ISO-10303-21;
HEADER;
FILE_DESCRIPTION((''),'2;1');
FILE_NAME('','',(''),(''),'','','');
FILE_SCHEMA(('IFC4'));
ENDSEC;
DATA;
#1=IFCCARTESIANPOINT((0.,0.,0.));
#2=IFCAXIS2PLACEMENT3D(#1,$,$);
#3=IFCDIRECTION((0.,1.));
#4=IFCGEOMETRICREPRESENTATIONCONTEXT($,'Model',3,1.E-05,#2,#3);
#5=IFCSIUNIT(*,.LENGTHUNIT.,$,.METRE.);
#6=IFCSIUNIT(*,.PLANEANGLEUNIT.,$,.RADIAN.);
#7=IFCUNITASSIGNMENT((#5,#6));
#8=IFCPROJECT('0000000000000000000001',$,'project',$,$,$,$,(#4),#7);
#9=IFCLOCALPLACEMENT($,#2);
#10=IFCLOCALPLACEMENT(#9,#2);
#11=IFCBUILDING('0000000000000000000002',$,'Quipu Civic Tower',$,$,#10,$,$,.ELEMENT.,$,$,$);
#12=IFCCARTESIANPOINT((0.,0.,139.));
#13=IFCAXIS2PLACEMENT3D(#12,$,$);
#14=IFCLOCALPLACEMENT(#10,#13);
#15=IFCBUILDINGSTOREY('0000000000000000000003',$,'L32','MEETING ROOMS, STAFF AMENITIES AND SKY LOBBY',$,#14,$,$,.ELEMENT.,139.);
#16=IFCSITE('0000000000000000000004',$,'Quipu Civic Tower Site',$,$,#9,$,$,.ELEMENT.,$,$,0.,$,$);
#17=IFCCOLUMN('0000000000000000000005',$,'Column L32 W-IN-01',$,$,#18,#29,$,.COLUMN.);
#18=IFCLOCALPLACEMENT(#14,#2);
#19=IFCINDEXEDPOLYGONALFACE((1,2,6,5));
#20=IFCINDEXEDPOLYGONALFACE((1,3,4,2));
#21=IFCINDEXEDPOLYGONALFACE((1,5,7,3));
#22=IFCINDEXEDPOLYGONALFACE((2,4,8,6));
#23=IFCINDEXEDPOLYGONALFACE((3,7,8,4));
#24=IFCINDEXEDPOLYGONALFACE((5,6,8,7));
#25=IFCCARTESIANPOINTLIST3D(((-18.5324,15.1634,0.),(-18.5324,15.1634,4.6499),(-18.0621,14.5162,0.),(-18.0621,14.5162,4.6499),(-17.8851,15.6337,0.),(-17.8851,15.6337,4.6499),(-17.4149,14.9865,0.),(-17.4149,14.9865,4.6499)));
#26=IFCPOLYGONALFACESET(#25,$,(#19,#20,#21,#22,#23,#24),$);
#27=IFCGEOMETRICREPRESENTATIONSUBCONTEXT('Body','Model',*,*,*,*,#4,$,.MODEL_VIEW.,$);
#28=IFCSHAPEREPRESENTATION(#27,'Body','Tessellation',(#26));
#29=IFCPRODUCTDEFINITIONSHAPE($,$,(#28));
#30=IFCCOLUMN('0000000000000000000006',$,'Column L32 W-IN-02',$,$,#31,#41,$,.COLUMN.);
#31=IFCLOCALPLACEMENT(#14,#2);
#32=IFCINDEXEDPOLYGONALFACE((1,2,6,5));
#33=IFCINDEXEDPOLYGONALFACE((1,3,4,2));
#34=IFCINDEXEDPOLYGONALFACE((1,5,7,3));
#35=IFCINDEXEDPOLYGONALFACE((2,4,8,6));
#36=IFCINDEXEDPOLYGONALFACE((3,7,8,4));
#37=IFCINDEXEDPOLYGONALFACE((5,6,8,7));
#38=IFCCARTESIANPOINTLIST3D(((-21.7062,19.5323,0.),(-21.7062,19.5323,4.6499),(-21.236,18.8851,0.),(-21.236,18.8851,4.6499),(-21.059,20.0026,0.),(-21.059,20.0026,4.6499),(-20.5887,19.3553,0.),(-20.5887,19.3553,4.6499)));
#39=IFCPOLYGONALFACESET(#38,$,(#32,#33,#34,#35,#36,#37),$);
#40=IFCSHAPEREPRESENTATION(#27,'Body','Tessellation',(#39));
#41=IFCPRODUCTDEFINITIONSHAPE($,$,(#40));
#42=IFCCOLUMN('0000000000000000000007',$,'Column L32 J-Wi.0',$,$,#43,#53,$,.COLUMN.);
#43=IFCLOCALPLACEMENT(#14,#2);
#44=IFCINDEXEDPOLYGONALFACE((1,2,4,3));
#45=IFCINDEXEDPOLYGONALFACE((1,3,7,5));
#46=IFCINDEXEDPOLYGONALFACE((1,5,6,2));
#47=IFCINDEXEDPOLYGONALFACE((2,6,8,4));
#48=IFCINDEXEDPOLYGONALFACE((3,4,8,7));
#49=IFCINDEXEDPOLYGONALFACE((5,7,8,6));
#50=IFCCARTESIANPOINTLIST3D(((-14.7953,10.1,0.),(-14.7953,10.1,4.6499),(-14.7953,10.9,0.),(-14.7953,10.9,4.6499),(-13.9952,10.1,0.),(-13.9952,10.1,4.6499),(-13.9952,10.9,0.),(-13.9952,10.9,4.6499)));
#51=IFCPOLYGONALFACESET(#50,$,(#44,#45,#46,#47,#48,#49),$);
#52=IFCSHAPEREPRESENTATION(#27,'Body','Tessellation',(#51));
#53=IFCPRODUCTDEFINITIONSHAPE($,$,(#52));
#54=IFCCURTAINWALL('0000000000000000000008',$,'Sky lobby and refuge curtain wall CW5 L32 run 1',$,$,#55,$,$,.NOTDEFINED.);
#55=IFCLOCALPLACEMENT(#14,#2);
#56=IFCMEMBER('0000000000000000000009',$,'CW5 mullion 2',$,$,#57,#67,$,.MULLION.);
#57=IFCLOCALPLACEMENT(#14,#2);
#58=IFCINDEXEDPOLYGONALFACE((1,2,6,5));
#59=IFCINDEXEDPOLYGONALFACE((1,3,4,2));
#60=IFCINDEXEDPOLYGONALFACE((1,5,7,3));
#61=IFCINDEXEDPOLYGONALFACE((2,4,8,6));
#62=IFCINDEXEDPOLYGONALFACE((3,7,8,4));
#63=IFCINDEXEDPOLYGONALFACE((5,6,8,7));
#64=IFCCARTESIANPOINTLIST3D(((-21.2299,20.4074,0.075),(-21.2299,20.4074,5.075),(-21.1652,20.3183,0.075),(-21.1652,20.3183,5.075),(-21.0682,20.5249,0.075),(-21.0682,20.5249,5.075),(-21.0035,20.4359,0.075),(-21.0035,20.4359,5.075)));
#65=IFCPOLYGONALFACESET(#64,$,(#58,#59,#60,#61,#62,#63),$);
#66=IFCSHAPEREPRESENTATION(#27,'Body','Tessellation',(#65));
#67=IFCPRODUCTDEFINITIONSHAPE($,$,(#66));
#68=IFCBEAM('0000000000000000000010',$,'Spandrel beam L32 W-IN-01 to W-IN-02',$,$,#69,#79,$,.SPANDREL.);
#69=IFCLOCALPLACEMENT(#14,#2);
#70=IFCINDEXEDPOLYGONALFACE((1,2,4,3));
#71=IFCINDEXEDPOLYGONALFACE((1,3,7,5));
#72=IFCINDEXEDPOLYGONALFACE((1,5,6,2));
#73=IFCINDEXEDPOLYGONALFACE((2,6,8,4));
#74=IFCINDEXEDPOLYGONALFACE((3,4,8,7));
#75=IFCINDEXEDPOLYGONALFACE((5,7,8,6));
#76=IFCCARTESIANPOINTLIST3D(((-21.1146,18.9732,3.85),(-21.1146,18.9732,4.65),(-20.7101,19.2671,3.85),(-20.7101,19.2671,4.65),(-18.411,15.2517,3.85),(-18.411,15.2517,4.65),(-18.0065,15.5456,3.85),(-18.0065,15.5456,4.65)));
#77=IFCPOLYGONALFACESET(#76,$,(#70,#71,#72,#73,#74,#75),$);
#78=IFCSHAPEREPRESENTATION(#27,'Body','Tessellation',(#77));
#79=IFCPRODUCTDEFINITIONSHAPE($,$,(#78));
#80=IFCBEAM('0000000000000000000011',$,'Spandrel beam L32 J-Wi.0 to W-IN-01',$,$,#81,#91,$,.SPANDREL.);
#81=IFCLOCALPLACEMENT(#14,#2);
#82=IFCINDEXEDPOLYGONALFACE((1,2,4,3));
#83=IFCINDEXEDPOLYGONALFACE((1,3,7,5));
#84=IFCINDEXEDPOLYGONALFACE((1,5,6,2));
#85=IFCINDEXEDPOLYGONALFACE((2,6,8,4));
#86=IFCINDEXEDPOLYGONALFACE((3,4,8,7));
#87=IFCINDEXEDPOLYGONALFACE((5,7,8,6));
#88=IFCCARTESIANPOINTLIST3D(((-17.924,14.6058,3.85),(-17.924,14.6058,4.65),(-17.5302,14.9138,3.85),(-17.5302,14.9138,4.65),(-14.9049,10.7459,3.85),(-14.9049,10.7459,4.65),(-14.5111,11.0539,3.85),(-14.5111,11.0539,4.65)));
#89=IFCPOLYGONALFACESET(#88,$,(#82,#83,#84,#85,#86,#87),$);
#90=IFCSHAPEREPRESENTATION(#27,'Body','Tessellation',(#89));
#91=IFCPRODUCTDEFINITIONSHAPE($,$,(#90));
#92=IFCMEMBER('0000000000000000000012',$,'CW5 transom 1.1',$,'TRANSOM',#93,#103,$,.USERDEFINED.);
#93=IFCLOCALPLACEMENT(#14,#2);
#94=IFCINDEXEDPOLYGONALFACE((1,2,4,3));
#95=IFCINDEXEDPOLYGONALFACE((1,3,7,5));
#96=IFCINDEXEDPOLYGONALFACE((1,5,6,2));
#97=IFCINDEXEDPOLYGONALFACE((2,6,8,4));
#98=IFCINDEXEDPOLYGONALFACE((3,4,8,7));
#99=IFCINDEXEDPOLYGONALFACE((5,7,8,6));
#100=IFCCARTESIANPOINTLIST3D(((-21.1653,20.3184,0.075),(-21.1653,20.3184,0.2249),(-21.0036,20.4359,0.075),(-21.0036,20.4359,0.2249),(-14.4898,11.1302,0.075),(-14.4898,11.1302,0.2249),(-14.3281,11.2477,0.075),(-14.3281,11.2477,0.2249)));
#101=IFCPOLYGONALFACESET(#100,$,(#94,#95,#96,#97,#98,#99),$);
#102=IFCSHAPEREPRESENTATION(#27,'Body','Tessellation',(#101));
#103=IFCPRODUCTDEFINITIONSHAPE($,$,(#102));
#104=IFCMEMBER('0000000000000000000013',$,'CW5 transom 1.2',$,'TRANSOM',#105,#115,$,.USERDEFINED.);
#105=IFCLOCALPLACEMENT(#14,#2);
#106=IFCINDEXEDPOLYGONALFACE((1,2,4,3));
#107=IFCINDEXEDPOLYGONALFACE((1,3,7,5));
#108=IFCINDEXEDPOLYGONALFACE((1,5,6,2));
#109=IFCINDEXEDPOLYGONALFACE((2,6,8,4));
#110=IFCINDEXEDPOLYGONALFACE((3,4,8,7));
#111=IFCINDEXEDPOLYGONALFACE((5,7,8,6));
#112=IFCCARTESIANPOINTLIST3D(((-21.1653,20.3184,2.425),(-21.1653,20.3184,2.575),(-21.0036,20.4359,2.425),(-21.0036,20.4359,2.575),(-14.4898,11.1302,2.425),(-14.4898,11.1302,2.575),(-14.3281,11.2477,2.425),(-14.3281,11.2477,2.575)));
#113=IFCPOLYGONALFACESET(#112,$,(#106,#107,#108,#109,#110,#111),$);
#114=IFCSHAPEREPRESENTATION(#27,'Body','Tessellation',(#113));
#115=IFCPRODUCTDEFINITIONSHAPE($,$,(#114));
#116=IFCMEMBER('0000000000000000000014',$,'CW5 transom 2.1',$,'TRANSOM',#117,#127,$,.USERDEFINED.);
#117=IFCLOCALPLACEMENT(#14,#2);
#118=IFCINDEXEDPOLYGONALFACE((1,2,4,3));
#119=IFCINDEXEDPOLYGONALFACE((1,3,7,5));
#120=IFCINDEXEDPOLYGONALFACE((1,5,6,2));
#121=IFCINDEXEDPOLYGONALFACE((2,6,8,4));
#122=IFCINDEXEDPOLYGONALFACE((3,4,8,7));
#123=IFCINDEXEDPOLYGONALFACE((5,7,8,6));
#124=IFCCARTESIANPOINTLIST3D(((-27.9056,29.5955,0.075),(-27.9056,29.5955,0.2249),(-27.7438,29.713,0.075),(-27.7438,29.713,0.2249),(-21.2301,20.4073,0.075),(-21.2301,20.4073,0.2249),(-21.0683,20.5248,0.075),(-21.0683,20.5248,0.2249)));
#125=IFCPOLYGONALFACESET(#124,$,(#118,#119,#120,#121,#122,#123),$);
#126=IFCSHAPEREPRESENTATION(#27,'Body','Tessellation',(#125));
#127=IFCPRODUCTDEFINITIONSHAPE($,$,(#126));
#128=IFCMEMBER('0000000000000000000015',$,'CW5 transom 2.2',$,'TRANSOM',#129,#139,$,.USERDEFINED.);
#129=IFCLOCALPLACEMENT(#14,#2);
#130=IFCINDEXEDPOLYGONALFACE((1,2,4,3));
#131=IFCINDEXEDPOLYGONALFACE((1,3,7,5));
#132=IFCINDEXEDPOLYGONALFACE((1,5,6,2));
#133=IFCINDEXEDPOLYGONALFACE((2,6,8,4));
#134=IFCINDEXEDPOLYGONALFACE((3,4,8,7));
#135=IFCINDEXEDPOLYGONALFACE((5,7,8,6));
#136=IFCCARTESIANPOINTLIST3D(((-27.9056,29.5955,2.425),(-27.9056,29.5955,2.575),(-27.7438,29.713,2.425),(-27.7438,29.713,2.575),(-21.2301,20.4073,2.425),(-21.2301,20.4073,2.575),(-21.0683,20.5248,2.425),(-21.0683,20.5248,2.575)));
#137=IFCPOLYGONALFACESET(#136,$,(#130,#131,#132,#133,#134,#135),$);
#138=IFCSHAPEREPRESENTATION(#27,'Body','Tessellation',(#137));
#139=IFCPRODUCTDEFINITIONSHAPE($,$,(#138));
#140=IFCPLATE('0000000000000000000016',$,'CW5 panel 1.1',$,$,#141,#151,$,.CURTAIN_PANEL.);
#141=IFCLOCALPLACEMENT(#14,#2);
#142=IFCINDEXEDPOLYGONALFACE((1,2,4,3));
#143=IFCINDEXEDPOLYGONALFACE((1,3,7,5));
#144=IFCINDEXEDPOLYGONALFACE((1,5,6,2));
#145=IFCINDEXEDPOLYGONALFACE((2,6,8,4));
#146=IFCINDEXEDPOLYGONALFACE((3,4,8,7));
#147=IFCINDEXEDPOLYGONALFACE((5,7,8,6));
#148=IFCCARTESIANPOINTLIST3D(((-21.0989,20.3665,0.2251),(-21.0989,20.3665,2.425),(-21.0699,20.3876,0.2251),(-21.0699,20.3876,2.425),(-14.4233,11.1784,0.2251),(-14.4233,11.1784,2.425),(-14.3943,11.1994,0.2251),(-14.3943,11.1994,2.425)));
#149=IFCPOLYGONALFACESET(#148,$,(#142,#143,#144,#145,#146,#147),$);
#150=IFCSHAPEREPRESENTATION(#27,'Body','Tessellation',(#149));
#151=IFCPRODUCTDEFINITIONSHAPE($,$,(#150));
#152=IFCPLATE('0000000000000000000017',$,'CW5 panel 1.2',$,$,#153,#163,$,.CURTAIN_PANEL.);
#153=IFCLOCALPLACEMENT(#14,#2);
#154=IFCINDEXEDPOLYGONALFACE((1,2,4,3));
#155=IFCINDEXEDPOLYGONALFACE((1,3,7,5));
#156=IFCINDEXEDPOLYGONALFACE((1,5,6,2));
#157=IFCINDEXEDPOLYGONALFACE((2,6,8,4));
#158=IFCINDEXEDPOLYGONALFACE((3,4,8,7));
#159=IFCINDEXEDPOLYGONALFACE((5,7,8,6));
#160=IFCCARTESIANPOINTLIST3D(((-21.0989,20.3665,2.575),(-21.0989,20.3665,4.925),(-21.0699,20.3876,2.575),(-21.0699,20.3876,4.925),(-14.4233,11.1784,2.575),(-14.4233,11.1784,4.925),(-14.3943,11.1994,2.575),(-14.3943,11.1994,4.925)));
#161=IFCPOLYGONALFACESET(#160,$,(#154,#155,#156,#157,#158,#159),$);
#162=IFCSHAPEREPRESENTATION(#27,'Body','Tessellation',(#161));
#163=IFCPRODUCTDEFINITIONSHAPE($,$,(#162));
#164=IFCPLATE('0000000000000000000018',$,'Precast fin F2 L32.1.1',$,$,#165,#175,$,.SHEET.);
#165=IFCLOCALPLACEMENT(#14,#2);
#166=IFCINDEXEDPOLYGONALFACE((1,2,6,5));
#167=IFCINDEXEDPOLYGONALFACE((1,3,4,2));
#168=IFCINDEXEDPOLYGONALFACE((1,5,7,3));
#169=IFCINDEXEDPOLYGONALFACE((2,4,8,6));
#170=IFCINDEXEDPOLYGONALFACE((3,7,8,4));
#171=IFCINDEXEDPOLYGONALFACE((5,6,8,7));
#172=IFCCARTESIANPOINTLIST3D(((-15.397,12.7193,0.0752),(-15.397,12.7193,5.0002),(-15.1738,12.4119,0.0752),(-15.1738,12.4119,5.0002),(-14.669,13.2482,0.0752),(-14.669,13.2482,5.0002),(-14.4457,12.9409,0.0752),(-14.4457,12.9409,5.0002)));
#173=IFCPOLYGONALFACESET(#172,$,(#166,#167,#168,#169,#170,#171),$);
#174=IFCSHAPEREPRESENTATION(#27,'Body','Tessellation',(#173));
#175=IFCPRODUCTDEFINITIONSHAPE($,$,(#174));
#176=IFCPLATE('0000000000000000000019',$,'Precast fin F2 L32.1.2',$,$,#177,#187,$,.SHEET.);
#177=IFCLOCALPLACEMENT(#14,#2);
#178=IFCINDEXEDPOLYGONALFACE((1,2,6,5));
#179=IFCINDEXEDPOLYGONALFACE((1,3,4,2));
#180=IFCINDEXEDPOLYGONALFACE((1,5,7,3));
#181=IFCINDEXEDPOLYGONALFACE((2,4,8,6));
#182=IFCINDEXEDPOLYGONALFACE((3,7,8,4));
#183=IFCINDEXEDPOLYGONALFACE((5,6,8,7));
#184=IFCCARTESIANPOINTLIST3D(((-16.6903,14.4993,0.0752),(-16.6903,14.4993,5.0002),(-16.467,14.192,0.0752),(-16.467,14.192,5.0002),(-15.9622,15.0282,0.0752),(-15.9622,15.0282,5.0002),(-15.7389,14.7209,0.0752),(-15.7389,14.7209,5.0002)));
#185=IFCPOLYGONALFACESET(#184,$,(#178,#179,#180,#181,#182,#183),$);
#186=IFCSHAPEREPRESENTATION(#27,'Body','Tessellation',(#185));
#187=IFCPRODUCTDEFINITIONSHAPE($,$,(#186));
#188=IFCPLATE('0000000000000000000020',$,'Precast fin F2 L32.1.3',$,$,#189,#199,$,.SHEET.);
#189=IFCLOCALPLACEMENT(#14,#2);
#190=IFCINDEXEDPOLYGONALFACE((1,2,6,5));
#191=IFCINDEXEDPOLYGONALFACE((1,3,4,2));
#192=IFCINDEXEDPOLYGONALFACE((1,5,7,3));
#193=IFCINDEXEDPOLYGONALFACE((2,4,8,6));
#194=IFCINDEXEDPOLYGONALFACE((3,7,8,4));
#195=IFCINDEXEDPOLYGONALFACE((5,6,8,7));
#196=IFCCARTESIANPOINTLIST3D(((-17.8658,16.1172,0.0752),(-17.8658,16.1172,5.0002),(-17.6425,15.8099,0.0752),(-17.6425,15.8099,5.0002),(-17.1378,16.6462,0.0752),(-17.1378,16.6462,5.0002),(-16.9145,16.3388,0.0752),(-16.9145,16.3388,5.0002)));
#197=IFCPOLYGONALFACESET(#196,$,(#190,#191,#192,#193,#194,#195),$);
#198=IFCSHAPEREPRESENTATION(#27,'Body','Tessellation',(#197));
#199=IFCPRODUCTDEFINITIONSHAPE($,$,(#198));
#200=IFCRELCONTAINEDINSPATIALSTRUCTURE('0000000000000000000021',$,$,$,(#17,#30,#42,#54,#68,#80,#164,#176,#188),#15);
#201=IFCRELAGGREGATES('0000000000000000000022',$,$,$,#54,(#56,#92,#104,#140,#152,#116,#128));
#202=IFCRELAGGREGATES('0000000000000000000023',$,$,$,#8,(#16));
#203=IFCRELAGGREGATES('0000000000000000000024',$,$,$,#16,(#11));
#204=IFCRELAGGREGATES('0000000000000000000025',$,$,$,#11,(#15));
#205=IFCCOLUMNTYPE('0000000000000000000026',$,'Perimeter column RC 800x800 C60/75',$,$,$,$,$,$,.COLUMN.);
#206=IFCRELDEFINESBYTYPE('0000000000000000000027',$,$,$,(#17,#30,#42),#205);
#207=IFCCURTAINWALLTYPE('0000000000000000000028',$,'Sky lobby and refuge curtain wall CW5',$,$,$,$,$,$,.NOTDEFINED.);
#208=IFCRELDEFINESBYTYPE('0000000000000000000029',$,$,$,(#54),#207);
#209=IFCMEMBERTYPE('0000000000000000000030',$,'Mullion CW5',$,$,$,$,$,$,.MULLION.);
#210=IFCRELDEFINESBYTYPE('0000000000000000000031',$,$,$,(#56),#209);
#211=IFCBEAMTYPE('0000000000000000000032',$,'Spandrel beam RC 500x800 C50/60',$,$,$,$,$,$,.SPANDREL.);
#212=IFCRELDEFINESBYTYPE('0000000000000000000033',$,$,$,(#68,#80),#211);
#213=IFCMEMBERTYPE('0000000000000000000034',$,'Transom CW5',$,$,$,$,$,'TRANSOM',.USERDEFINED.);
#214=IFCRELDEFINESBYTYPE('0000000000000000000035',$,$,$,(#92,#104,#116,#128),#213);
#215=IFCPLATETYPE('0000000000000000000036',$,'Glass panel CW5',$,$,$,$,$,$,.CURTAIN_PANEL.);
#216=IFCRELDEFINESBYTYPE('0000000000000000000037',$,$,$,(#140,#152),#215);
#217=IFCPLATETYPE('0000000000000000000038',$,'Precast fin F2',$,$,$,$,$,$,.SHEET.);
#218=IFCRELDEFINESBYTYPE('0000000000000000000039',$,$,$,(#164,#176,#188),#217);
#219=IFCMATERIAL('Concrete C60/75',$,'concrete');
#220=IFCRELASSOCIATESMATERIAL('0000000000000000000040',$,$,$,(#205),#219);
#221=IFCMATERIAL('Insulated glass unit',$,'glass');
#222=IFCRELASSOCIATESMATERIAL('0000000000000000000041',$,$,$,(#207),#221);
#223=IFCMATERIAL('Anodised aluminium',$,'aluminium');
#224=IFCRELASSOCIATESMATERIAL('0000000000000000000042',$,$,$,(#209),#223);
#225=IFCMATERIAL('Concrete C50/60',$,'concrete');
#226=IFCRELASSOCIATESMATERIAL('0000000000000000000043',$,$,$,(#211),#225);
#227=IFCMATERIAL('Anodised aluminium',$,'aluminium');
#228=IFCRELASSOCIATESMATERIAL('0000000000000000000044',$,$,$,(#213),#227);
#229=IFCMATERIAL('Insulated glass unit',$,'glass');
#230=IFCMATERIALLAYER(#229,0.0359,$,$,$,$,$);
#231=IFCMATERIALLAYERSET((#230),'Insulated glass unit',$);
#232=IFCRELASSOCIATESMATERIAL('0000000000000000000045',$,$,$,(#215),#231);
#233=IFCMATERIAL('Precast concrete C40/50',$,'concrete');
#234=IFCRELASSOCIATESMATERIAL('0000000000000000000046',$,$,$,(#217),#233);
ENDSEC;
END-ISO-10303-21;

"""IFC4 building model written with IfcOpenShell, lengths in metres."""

from ifc_helpers import new_model, si_unit, direction, frame, origin, origin_2d, place, context, subcontext, project, spatial, rectangle, extrude, material, layer, layer_set, material_profile, profile_set, type_object, element, aggregate, save


model = new_model("IFC4")

# Units and contexts
model_context = context("Model", 3, precision=1e-05, world=origin(), true_north=direction((0.0, 1.0)))
body_context = subcontext(model_context, "Body", "Model", "MODEL_VIEW")
ifc_project = project(units=[si_unit("LENGTHUNIT", "METRE"), si_unit("PLANEANGLEUNIT", "RADIAN")], contexts=[model_context])

# Site, building, storey
site_placement = place(None, origin())
site = spatial("IfcSite", under=ifc_project, at=site_placement, Name="Quipu Civic Tower Site", CompositionType="ELEMENT", RefElevation=0.0)
building_placement = place(site_placement, origin())
building = spatial("IfcBuilding", under=site, at=building_placement, Name="Quipu Civic Tower", CompositionType="ELEMENT")
storey_placement = place(building_placement, frame((0.0, 0.0, 139.0)))
storey = spatial("IfcBuildingStorey", under=building, at=storey_placement, Name="L32", Description="MEETING ROOMS, STAFF AMENITIES AND SKY LOBBY", CompositionType="ELEMENT", Elevation=139.0)

# Columns
ifc_material_1 = material(Name="Concrete C60/75", Category="concrete")
ifc_material_profile_1 = material_profile(ifc_material_1, rectangle(XDim=0.8, YDim=0.8, at=origin_2d()), Name="RC800x800")
ifc_profile_set_1 = profile_set([ifc_material_profile_1], Name="Concrete C60/75")
column_type = type_object("IfcColumnType", Name="Perimeter column RC 800x800 C60/75", PredefinedType="COLUMN", material=ifc_profile_set_1)
for number, where, z_axis, x_axis, name in (
    (1, (-17.9736, 15.075, 0.0), (0.0, 0.0, 1.0), (-0.587785, 0.809017, 0.0), "Column L32 W-IN-01"),
    (2, (-21.1475, 19.4438, 0.0), (0.0, 0.0, 1.0), (-0.587785, 0.809017, 0.0), "Column L32 W-IN-02"),
    (3, (-14.3953, 10.5, 0.0), (0.0, 0.0, 1.0), (-1.0, 0.0, 0.0), "Column L32 J-Wi.0"),
):
    element("IfcColumn", number, at=place(storey_placement, frame(where, z_axis=z_axis, x_axis=x_axis)), inside=storey, type_object=column_type, Name=name, PredefinedType="COLUMN", context=body_context, shape_type="SweptSolid", body=[
        extrude(rectangle(XDim=0.8, YDim=0.8, at=origin_2d()), origin(), (0.0, 0.0, 1.0), 4.6499),
    ])

# Curtain wall, member
ifc_material_2 = material(Name="Insulated glass unit", Category="glass")
curtain_wall_type = type_object("IfcCurtainWallType", Name="Sky lobby and refuge curtain wall CW5", PredefinedType="NOTDEFINED", material=ifc_material_2)
curtain_wall_placement = place(storey_placement, origin())
curtain_wall = element("IfcCurtainWall", 4, at=curtain_wall_placement, inside=storey, type_object=curtain_wall_type, Name="Sky lobby and refuge curtain wall CW5 L32 run 1", PredefinedType="NOTDEFINED")
ifc_material_3 = material(Name="Anodised aluminium", Category="aluminium")
ifc_material_profile_2 = material_profile(ifc_material_3, rectangle(XDim=0.2, YDim=0.1101, at=origin_2d()), Name="RECT 200x110")
ifc_profile_set_2 = profile_set([ifc_material_profile_2], Name="Anodised aluminium")
member_type_1 = type_object("IfcMemberType", Name="Mullion CW5", PredefinedType="MULLION", material=ifc_profile_set_2)
member_1_placement = place(storey_placement, frame((-21.1167, 20.4216, 0.075), z_axis=(0.0, 0.0, 1.0), x_axis=(-0.809014, -0.587789, 0.0)))
member_1 = element("IfcMember", 5, at=member_1_placement, type_object=member_type_1, Name="CW5 mullion 2", PredefinedType="MULLION", context=body_context, shape_type="SweptSolid", body=[
    extrude(rectangle(XDim=0.2, YDim=0.1101, at=origin_2d()), origin(), (0.0, 0.0, 1.0), 5.0),
])

# Beams
ifc_material_4 = material(Name="Concrete C50/60", Category="concrete")
ifc_material_profile_3 = material_profile(ifc_material_4, rectangle(XDim=0.5, YDim=0.8, at=origin_2d()), Name="RC500x800")
ifc_profile_set_3 = profile_set([ifc_material_profile_3], Name="Concrete C50/60")
beam_type = type_object("IfcBeamType", Name="Spandrel beam RC 500x800 C50/60", PredefinedType="SPANDREL", material=ifc_profile_set_3)
beam_1_placement = place(storey_placement, frame((-18.2087, 15.3987, 4.25), z_axis=(-0.587761, 0.809034, 0.0), x_axis=(-0.809034, -0.587761, 0.0)))
element("IfcBeam", 6, at=beam_1_placement, inside=storey, type_object=beam_type, Name="Spandrel beam L32 W-IN-01 to W-IN-02", PredefinedType="SPANDREL", context=body_context, shape_type="SweptSolid", body=[
    extrude(rectangle(XDim=0.5, YDim=0.8, at=origin_2d()), origin(), (0.0, 0.0, 1.0), 4.5999),
])
beam_2_placement = place(storey_placement, frame((-14.708, 10.8999, 4.25), z_axis=(-0.616091, 0.787675, 0.0), x_axis=(-0.787675, -0.616091, 0.0)))
element("IfcBeam", 7, at=beam_2_placement, inside=storey, type_object=beam_type, Name="Spandrel beam L32 J-Wi.0 to W-IN-01", PredefinedType="SPANDREL", context=body_context, shape_type="SweptSolid", body=[
    extrude(rectangle(XDim=0.5, YDim=0.8, at=origin_2d()), origin(), (0.0, 0.0, 1.0), 4.9004),
])

# Members
ifc_material_5 = material(Name="Anodised aluminium", Category="aluminium")
ifc_material_profile_4 = material_profile(ifc_material_5, rectangle(XDim=0.2, YDim=0.1499, at=origin_2d()), Name="RECT 200x150")
ifc_profile_set_4 = profile_set([ifc_material_profile_4], Name="Anodised aluminium")
member_type_2 = type_object("IfcMemberType", Name="Transom CW5", ElementType="TRANSOM", PredefinedType="USERDEFINED", material=ifc_profile_set_4)
member_2_placement = place(storey_placement, frame((-14.4089, 11.189, 0.1499), z_axis=(-0.587779, 0.809021, 0.0), x_axis=(-0.809021, -0.587779, 0.0)))
member_2 = element("IfcMember", 8, at=member_2_placement, type_object=member_type_2, Name="CW5 transom 1.1", ObjectType="TRANSOM", PredefinedType="USERDEFINED", context=body_context, shape_type="SweptSolid", body=[
    extrude(rectangle(XDim=0.2, YDim=0.1499, at=origin_2d()), origin(), (0.0, 0.0, 1.0), 11.3572),
])
member_3_placement = place(storey_placement, frame((-14.4089, 11.189, 2.5), z_axis=(-0.587779, 0.809021, 0.0), x_axis=(-0.809021, -0.587779, 0.0)))
member_3 = element("IfcMember", 9, at=member_3_placement, type_object=member_type_2, Name="CW5 transom 1.2", ObjectType="TRANSOM", PredefinedType="USERDEFINED", context=body_context, shape_type="SweptSolid", body=[
    extrude(rectangle(XDim=0.2, YDim=0.1499, at=origin_2d()), origin(), (0.0, 0.0, 1.0), 11.3572),
])
member_4_placement = place(storey_placement, frame((-21.1492, 20.4661, 0.1499), z_axis=(-0.587779, 0.809021, 0.0), x_axis=(-0.809021, -0.587779, 0.0)))
member_4 = element("IfcMember", 10, at=member_4_placement, type_object=member_type_2, Name="CW5 transom 2.1", ObjectType="TRANSOM", PredefinedType="USERDEFINED", context=body_context, shape_type="SweptSolid", body=[
    extrude(rectangle(XDim=0.2, YDim=0.1499, at=origin_2d()), origin(), (0.0, 0.0, 1.0), 11.3572),
])
member_5_placement = place(storey_placement, frame((-21.1492, 20.4661, 2.5), z_axis=(-0.587779, 0.809021, 0.0), x_axis=(-0.809021, -0.587779, 0.0)))
member_5 = element("IfcMember", 11, at=member_5_placement, type_object=member_type_2, Name="CW5 transom 2.2", ObjectType="TRANSOM", PredefinedType="USERDEFINED", context=body_context, shape_type="SweptSolid", body=[
    extrude(rectangle(XDim=0.2, YDim=0.1499, at=origin_2d()), origin(), (0.0, 0.0, 1.0), 11.3572),
])

# Plates
ifc_material_6 = material(Name="Insulated glass unit", Category="glass")
ifc_layer_1 = layer(ifc_material_6, 0.0359)
ifc_layer_set_1 = layer_set([ifc_layer_1], Name="Insulated glass unit")
plate_type_1 = type_object("IfcPlateType", Name="Glass panel CW5", PredefinedType="CURTAIN_PANEL", material=ifc_layer_set_1)
plate_1_placement = place(storey_placement, frame((-17.7466, 15.783, 0.2251), z_axis=(0.0, 0.0, 1.0), x_axis=(-0.587789, 0.809014, 0.0)))
plate_1 = element("IfcPlate", 12, at=plate_1_placement, type_object=plate_type_1, Name="CW5 panel 1.1", PredefinedType="CURTAIN_PANEL", context=body_context, shape_type="SweptSolid", body=[
    extrude(rectangle(XDim=11.3572, YDim=0.0359, at=origin_2d()), origin(), (0.0, 0.0, 1.0), 2.2),
])
plate_2_placement = place(storey_placement, frame((-17.7466, 15.783, 2.575), z_axis=(0.0, 0.0, 1.0), x_axis=(-0.587789, 0.809014, 0.0)))
plate_2 = element("IfcPlate", 13, at=plate_2_placement, type_object=plate_type_1, Name="CW5 panel 1.2", PredefinedType="CURTAIN_PANEL", context=body_context, shape_type="SweptSolid", body=[
    extrude(rectangle(XDim=11.3572, YDim=0.0359, at=origin_2d()), origin(), (0.0, 0.0, 1.0), 2.3501),
])
aggregate(curtain_wall, [member_1, member_2, member_3, plate_1, plate_2, member_4, member_5])

# Plates
ifc_material_7 = material(Name="Precast concrete C40/50", Category="concrete")
plate_type_2 = type_object("IfcPlateType", Name="Precast fin F2", PredefinedType="SHEET", material=ifc_material_7)
for number, where, z_axis, x_axis, name in (
    (14, (-14.9214, 12.8301, 0.0752), (0.0, 0.0, 1.0), (-0.587787, 0.809016, 0.0), "Precast fin F2 L32.1.1"),
    (15, (-16.2146, 14.6101, 0.0752), (0.0, 0.0, 1.0), (-0.587787, 0.809016, 0.0), "Precast fin F2 L32.1.2"),
    (16, (-17.3901, 16.228, 0.0752), (0.0, 0.0, 1.0), (-0.587787, 0.809016, 0.0), "Precast fin F2 L32.1.3"),
):
    element("IfcPlate", number, at=place(storey_placement, frame(where, z_axis=z_axis, x_axis=x_axis)), inside=storey, type_object=plate_type_2, Name=name, PredefinedType="SHEET", context=body_context, shape_type="SweptSolid", body=[
        extrude(rectangle(XDim=0.3799, YDim=0.8999, at=origin_2d()), origin(), (0.0, 0.0, 1.0), 4.925),
    ])

save(model, "model.ifc")
